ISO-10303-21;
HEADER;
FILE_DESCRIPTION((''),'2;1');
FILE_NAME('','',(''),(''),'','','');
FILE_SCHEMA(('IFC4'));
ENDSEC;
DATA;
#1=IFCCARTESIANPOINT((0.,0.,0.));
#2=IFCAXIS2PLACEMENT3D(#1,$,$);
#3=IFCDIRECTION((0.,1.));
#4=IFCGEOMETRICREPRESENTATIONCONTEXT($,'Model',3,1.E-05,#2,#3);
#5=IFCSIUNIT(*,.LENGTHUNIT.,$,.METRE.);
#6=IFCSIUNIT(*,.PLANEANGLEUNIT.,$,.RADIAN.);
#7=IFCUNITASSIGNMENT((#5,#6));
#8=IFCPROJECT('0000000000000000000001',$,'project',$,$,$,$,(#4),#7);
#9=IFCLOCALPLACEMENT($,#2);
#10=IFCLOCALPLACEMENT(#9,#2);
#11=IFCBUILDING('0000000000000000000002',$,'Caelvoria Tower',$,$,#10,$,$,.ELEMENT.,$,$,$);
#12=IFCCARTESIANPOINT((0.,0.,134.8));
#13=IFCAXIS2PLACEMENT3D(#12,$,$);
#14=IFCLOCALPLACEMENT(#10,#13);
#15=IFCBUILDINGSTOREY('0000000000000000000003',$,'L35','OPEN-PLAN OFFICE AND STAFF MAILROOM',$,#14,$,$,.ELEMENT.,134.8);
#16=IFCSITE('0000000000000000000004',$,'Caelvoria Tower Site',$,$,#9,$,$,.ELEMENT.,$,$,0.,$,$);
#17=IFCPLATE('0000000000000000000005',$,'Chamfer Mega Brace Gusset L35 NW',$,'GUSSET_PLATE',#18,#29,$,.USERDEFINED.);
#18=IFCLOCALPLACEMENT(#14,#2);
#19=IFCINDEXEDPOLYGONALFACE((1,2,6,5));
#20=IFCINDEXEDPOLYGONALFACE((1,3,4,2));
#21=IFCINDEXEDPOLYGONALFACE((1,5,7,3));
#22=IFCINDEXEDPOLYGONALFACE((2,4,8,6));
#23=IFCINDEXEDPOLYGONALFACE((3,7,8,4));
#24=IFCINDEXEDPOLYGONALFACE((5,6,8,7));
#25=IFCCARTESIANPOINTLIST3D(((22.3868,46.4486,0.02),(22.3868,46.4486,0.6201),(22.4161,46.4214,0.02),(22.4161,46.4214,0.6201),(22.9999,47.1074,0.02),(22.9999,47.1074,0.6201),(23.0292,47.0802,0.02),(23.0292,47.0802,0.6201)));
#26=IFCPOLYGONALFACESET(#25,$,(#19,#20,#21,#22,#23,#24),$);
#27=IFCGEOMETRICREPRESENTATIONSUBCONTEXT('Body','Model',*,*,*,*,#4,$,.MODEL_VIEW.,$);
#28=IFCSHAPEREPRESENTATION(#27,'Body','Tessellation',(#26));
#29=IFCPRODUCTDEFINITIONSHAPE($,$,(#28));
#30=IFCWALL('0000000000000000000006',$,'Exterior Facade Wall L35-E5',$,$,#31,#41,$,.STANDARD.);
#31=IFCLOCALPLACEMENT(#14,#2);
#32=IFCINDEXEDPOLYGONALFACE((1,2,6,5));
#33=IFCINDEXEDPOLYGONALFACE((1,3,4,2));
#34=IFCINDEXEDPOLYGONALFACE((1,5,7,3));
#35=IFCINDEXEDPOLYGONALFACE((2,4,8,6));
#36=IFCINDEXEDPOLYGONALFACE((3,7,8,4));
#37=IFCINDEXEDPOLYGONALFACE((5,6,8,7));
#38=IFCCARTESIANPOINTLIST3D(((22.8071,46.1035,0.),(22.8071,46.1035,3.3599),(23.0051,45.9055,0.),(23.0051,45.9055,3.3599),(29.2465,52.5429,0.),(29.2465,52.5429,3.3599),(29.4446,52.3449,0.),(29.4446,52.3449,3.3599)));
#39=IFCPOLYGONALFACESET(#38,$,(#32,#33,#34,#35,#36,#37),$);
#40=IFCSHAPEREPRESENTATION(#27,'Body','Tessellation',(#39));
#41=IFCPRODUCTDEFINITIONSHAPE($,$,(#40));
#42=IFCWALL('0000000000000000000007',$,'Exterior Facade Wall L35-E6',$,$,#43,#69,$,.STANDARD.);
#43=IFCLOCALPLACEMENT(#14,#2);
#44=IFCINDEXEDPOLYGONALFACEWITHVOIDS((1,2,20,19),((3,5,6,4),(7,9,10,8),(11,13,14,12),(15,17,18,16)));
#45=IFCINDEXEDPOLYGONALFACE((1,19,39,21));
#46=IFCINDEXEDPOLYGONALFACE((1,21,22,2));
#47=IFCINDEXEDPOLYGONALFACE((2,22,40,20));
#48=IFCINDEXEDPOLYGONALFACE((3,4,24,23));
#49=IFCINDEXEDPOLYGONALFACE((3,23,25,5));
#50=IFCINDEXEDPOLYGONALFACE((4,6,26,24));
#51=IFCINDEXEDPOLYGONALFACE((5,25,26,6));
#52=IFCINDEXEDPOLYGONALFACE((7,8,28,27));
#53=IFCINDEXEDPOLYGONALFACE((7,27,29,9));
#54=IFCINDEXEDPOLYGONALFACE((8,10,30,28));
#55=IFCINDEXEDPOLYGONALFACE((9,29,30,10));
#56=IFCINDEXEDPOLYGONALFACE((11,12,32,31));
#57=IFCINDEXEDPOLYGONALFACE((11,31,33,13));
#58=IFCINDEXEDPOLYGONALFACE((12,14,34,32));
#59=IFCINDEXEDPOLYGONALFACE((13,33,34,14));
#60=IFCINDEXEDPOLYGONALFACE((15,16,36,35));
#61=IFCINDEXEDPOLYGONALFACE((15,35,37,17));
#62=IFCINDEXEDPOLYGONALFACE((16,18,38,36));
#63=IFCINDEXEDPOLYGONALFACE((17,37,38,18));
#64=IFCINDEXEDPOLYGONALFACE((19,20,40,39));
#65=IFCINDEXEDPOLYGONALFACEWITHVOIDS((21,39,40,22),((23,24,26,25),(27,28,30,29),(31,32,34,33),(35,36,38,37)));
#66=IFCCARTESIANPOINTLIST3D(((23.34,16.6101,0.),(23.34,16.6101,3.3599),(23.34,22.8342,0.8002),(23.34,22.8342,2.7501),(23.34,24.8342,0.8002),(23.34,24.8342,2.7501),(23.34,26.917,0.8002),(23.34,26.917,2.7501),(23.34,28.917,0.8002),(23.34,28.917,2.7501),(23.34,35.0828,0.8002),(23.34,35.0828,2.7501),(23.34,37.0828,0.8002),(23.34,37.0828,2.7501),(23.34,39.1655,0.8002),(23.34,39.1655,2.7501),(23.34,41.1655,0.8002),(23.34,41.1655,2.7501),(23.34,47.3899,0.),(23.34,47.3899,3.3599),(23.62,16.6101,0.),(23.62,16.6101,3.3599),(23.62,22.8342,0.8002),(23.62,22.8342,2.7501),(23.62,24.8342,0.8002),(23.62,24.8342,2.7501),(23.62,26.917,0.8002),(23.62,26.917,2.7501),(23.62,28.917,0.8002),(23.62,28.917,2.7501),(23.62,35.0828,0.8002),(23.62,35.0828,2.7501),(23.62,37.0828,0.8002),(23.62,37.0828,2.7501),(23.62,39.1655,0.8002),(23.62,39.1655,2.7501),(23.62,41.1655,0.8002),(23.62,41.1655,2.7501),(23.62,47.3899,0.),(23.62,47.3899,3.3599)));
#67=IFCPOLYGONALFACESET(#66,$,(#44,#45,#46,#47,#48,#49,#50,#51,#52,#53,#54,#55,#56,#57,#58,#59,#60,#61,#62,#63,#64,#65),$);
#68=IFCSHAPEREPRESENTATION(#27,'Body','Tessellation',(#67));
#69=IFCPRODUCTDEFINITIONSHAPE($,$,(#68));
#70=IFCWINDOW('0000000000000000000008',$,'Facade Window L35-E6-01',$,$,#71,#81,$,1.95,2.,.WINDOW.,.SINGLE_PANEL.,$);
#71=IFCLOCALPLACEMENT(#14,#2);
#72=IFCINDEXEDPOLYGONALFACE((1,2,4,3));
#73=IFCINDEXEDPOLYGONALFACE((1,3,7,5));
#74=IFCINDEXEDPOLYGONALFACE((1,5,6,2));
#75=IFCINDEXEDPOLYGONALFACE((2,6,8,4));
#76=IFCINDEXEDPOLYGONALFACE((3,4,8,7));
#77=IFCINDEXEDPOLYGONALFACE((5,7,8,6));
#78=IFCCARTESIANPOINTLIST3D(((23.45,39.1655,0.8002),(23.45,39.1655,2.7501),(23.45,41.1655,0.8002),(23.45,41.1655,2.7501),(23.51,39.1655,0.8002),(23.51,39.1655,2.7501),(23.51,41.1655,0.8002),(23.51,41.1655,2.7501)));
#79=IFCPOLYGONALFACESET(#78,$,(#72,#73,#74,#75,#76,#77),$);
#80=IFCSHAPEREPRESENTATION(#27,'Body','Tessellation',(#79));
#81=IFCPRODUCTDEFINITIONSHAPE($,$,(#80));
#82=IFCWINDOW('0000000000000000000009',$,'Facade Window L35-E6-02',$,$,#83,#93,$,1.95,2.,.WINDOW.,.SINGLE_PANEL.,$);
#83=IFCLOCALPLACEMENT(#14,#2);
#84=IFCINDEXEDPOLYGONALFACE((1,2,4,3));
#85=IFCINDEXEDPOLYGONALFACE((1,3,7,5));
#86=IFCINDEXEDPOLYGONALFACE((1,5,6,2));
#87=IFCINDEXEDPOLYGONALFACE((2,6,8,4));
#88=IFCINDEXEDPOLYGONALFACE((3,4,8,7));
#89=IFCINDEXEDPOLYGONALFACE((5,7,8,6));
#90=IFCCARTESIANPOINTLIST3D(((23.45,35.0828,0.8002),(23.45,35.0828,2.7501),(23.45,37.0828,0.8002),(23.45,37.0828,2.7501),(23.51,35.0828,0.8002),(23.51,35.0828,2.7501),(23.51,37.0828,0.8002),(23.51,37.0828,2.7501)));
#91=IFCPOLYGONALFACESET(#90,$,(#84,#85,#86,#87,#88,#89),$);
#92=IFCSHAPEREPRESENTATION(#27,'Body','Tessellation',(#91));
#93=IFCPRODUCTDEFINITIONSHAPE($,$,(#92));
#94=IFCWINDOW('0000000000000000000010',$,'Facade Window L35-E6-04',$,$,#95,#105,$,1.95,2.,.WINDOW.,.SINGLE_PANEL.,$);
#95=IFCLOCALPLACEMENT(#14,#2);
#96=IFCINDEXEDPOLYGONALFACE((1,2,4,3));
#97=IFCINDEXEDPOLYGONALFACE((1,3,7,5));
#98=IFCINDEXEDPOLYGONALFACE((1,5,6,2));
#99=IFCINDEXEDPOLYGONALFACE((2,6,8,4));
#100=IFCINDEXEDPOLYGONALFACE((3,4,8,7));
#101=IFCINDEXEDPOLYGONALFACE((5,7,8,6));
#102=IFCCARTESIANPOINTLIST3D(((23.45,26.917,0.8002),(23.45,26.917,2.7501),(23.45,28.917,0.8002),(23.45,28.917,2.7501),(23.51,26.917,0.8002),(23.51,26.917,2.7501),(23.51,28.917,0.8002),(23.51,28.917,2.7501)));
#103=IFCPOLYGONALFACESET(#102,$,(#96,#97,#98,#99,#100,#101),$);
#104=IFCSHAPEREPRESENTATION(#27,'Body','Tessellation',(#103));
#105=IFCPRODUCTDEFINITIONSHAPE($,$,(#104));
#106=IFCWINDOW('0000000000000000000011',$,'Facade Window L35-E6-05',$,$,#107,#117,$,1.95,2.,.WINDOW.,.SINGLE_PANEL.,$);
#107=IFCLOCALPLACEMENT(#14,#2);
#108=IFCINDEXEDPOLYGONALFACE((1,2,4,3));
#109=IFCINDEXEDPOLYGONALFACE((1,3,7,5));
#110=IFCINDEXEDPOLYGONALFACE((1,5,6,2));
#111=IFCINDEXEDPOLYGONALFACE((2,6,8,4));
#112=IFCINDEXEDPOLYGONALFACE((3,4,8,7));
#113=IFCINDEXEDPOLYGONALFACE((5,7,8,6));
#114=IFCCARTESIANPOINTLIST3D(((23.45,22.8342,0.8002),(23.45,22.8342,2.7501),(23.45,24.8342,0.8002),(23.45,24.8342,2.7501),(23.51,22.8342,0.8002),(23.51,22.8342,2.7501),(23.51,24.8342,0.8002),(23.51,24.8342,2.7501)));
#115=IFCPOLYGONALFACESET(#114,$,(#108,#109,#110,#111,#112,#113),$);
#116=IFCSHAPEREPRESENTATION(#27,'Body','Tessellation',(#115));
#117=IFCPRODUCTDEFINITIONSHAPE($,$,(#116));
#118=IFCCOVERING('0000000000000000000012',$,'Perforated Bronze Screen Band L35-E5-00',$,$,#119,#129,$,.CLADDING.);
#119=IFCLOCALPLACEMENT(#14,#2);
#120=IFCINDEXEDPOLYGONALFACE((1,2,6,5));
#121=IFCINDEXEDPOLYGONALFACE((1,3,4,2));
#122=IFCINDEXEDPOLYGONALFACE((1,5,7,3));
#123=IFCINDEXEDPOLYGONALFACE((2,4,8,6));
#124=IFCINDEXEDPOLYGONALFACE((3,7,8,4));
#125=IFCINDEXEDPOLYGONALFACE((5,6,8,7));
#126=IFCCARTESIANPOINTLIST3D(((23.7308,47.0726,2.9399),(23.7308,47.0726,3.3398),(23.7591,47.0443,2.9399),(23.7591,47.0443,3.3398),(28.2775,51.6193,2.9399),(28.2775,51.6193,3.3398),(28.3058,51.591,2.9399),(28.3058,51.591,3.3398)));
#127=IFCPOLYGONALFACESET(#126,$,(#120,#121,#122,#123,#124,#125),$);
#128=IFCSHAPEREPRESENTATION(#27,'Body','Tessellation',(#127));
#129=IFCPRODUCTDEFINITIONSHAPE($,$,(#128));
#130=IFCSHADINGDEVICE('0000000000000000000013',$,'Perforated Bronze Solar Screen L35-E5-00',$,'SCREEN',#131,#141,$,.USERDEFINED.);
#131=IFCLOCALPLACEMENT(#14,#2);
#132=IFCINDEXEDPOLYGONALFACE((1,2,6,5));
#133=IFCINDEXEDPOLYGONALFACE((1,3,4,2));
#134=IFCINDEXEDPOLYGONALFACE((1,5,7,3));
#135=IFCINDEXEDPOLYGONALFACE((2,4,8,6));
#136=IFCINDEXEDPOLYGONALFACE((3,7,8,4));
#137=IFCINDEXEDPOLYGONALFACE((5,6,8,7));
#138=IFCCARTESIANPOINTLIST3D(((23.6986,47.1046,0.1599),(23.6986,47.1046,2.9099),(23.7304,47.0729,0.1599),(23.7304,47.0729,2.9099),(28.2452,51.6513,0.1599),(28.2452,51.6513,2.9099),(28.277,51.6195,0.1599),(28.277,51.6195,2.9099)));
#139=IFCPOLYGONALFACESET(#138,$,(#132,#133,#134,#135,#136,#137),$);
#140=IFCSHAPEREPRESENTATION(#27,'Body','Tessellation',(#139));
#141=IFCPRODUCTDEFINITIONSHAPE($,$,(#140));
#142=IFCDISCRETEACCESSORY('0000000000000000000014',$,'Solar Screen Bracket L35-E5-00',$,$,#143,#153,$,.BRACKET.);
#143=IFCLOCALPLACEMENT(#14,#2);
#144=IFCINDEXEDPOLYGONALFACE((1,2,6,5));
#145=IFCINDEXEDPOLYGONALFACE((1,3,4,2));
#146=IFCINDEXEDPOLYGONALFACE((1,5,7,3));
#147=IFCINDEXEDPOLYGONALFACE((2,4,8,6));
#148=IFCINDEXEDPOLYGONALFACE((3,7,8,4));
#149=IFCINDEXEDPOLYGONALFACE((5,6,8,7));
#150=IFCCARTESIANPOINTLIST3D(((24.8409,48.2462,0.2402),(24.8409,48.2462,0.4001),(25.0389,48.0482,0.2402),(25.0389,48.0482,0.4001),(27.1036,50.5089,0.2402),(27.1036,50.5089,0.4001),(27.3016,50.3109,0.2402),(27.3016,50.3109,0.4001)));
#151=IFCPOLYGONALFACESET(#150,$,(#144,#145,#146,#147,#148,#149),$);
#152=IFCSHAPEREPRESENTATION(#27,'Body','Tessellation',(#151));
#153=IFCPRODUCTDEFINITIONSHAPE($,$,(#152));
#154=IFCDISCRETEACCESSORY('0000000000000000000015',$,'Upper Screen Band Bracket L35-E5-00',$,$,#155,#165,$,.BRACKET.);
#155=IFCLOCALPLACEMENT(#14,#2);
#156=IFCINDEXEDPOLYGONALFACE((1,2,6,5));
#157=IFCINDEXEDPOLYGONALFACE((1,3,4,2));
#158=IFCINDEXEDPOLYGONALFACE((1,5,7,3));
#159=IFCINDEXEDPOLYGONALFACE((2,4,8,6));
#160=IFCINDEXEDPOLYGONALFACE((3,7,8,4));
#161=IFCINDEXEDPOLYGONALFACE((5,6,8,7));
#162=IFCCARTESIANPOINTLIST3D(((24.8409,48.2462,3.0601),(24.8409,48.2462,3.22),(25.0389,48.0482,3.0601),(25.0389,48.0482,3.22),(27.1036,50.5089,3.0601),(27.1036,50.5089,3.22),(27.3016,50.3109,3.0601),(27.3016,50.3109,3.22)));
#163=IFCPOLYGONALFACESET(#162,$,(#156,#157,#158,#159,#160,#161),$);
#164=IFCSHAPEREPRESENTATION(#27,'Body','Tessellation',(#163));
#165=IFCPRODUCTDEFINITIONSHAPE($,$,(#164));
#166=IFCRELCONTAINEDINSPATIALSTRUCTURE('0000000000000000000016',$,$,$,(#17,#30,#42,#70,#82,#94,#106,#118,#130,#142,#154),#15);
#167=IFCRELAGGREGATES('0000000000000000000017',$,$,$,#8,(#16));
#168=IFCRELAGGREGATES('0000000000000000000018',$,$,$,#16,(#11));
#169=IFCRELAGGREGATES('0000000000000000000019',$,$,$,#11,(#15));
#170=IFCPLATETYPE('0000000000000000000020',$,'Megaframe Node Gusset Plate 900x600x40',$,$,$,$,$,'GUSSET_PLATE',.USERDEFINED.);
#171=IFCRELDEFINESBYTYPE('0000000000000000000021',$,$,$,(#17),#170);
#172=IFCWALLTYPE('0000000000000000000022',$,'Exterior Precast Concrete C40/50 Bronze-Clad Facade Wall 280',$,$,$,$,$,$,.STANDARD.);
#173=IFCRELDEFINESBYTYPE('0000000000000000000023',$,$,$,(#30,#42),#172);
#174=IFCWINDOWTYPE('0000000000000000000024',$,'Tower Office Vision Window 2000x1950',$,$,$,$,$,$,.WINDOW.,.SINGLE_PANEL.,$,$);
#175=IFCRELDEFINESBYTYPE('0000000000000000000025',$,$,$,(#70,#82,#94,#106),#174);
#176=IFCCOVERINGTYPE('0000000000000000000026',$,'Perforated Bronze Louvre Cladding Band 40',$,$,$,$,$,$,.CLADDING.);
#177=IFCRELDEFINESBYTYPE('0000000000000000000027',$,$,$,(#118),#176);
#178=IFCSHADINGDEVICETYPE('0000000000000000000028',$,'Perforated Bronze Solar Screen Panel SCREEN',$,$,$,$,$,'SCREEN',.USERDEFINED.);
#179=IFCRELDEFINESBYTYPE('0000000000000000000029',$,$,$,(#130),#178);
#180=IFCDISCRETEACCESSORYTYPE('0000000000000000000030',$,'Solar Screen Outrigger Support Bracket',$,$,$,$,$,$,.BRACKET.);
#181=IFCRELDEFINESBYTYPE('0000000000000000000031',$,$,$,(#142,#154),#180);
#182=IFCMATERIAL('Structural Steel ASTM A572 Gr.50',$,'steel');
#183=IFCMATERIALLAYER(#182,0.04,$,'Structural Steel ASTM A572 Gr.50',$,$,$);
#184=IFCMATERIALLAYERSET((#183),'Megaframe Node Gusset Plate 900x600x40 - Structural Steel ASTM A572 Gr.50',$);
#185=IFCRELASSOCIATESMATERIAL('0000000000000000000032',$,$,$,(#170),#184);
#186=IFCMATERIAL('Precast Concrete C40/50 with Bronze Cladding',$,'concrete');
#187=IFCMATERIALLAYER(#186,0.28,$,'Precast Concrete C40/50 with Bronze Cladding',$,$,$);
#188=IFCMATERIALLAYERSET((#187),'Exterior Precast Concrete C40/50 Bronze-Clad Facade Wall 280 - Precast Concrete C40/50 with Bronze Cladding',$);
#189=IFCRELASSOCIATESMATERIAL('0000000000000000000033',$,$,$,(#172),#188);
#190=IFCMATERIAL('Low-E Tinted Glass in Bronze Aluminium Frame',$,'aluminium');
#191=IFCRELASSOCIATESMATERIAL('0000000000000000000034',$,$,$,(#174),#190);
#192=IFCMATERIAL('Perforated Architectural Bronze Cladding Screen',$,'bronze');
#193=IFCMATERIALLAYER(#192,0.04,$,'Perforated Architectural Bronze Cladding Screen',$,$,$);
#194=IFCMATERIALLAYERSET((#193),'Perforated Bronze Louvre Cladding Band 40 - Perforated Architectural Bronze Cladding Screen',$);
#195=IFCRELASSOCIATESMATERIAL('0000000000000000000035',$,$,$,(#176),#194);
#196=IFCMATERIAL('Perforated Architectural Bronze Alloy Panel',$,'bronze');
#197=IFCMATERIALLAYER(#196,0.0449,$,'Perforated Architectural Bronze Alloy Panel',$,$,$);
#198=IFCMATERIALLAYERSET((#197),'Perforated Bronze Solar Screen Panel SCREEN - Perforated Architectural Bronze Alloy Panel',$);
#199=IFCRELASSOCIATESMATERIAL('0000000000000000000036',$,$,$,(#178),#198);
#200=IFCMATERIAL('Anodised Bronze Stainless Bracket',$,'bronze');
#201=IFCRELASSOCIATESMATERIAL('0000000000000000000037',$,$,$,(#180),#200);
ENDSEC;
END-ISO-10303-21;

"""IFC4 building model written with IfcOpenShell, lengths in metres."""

from ifc_helpers import new_model, si_unit, direction, frame, frame_2d, origin, origin_2d, place, context, subcontext, project, spatial, rectangle, extrude, material, layer, layer_set, type_object, element, fill, save


model = new_model("IFC4")

# Units and contexts
model_context = context("Model", 3, precision=1e-05, world=origin(), true_north=direction((0.0, 1.0)))
body_context = subcontext(model_context, "Body", "Model", "MODEL_VIEW")
ifc_project = project(units=[si_unit("LENGTHUNIT", "METRE"), si_unit("PLANEANGLEUNIT", "RADIAN")], contexts=[model_context])

# Site, building, storey
site_placement = place(None, origin())
site = spatial("IfcSite", under=ifc_project, at=site_placement, Name="Caelvoria Tower Site", CompositionType="ELEMENT", RefElevation=0.0)
building_placement = place(site_placement, origin())
building = spatial("IfcBuilding", under=site, at=building_placement, Name="Caelvoria Tower", CompositionType="ELEMENT")
storey_placement = place(building_placement, frame((0.0, 0.0, 134.8)))
storey = spatial("IfcBuildingStorey", under=building, at=storey_placement, Name="L35", Description="OPEN-PLAN OFFICE AND STAFF MAILROOM", CompositionType="ELEMENT", Elevation=134.8)

# Shared definitions
ifc_material_1 = material(Name="Structural Steel ASTM A572 Gr.50", Category="steel")

# Plate
ifc_layer_1 = layer(ifc_material_1, 0.04, Name="Structural Steel ASTM A572 Gr.50")
ifc_layer_set_1 = layer_set([ifc_layer_1], Name="Megaframe Node Gusset Plate 900x600x40 - Structural Steel ASTM A572 Gr.50")
plate_type = type_object("IfcPlateType", Name="Megaframe Node Gusset Plate 900x600x40", ElementType="GUSSET_PLATE", PredefinedType="USERDEFINED", material=ifc_layer_set_1)
plate_placement = place(storey_placement, frame((22.708, 46.7644, 0.02), z_axis=(0.0, 0.0, 1.0), x_axis=(0.681237, 0.732063, 0.0)))
element("IfcPlate", 1, at=plate_placement, inside=storey, type_object=plate_type, Name="Chamfer Mega Brace Gusset L35 NW", ObjectType="GUSSET_PLATE", PredefinedType="USERDEFINED", context=body_context, shape_type="SweptSolid", body=[
    extrude(rectangle(XDim=0.8999, YDim=0.04, at=origin_2d()), origin(), (0.0, 0.0, 1.0), 0.6001),
])

# Wall
ifc_material_2 = material(Name="Precast Concrete C40/50 with Bronze Cladding", Category="concrete")
ifc_layer_2 = layer(ifc_material_2, 0.28, Name="Precast Concrete C40/50 with Bronze Cladding")
ifc_layer_set_2 = layer_set([ifc_layer_2], Name="Exterior Precast Concrete C40/50 Bronze-Clad Facade Wall 280 - Precast Concrete C40/50 with Bronze Cladding")
wall_type = type_object("IfcWallType", Name="Exterior Precast Concrete C40/50 Bronze-Clad Facade Wall 280", PredefinedType="STANDARD", material=ifc_layer_set_2)
wall_1_placement = place(storey_placement, frame((29.3455, 52.4438, 0.0), z_axis=(0.0, 0.0, 1.0), x_axis=(-0.707107, -0.707107, 0.0)))
element("IfcWall", 2, at=wall_1_placement, inside=storey, type_object=wall_type, Name="Exterior Facade Wall L35-E5", PredefinedType="STANDARD", context=body_context, shape_type="SweptSolid", body=[
    extrude(rectangle(XDim=9.1067, YDim=0.28, at=frame_2d((4.5532, 0.0))), origin(), (0.0, 0.0, 1.0), 3.3599),
])

# Wall, openings, windows
wall_2_placement = place(storey_placement, frame((23.48, 47.3899, 0.0), z_axis=(0.0, 0.0, 1.0), x_axis=(0.0, -1.0, 0.0)))
wall_2 = element("IfcWall", 3, at=wall_2_placement, inside=storey, type_object=wall_type, Name="Exterior Facade Wall L35-E6", PredefinedType="STANDARD", context=body_context, shape_type="SweptSolid", body=[
    extrude(rectangle(XDim=30.7798, YDim=0.28, at=frame_2d((15.3899, 0.0))), origin(), (0.0, 0.0, 1.0), 3.3599),
])
opening_1_placement = place(wall_2_placement, frame((6.2244, 0.0, 0.8)))
opening_1 = element("IfcOpeningElement", 4, at=opening_1_placement, cuts=wall_2, PredefinedType="OPENING", context=body_context, shape_type="SweptSolid", body=[
    extrude(rectangle(XDim=2.0, YDim=1.95, at=frame_2d((1.0, 0.9751))), frame((0.0, 0.1499, 0.0), z_axis=(0.0, -1.0, 0.0), x_axis=(1.0, 0.0, 0.0)), (0.0, 0.0, 1.0), 0.3),
])
opening_2_placement = place(wall_2_placement, frame((10.3071, 0.0, 0.8)))
opening_2 = element("IfcOpeningElement", 5, at=opening_2_placement, cuts=wall_2, PredefinedType="OPENING", context=body_context, shape_type="SweptSolid", body=[
    extrude(rectangle(XDim=2.0, YDim=1.95, at=frame_2d((1.0, 0.9751))), frame((0.0, 0.1499, 0.0), z_axis=(0.0, -1.0, 0.0), x_axis=(1.0, 0.0, 0.0)), (0.0, 0.0, 1.0), 0.3),
])
opening_3_placement = place(wall_2_placement, frame((18.4729, 0.0, 0.8)))
opening_3 = element("IfcOpeningElement", 6, at=opening_3_placement, cuts=wall_2, PredefinedType="OPENING", context=body_context, shape_type="SweptSolid", body=[
    extrude(rectangle(XDim=2.0, YDim=1.95, at=frame_2d((1.0, 0.9751))), frame((0.0, 0.1499, 0.0), z_axis=(0.0, -1.0, 0.0), x_axis=(1.0, 0.0, 0.0)), (0.0, 0.0, 1.0), 0.3),
])
opening_4_placement = place(wall_2_placement, frame((22.5557, 0.0, 0.8)))
opening_4 = element("IfcOpeningElement", 7, at=opening_4_placement, cuts=wall_2, PredefinedType="OPENING", context=body_context, shape_type="SweptSolid", body=[
    extrude(rectangle(XDim=2.0, YDim=1.95, at=frame_2d((1.0, 0.9751))), frame((0.0, 0.1499, 0.0), z_axis=(0.0, -1.0, 0.0), x_axis=(1.0, 0.0, 0.0)), (0.0, 0.0, 1.0), 0.3),
])
ifc_material_3 = material(Name="Low-E Tinted Glass in Bronze Aluminium Frame", Category="aluminium")
window_type = type_object("IfcWindowType", Name="Tower Office Vision Window 2000x1950", PartitioningType="SINGLE_PANEL", PredefinedType="WINDOW", material=ifc_material_3)
window_1_placement = place(opening_1_placement, origin())
window_1 = element("IfcWindow", 8, at=window_1_placement, inside=storey, type_object=window_type, Name="Facade Window L35-E6-01", OverallHeight=1.95, OverallWidth=2.0, PartitioningType="SINGLE_PANEL", PredefinedType="WINDOW", context=body_context, shape_type="SweptSolid", body=[
    extrude(rectangle(XDim=2.0, YDim=1.95, at=frame_2d((1.0, 0.9751))), frame((0.0, 0.03, 0.0), z_axis=(0.0, -1.0, 0.0), x_axis=(1.0, 0.0, 0.0)), (0.0, 0.0, 1.0), 0.0601),
])
fill(opening_1, window_1)
window_2_placement = place(opening_2_placement, origin())
window_2 = element("IfcWindow", 9, at=window_2_placement, inside=storey, type_object=window_type, Name="Facade Window L35-E6-02", OverallHeight=1.95, OverallWidth=2.0, PartitioningType="SINGLE_PANEL", PredefinedType="WINDOW", context=body_context, shape_type="SweptSolid", body=[
    extrude(rectangle(XDim=2.0, YDim=1.95, at=frame_2d((1.0, 0.9751))), frame((0.0, 0.03, 0.0), z_axis=(0.0, -1.0, 0.0), x_axis=(1.0, 0.0, 0.0)), (0.0, 0.0, 1.0), 0.0601),
])
fill(opening_2, window_2)
window_3_placement = place(opening_3_placement, origin())
window_3 = element("IfcWindow", 10, at=window_3_placement, inside=storey, type_object=window_type, Name="Facade Window L35-E6-04", OverallHeight=1.95, OverallWidth=2.0, PartitioningType="SINGLE_PANEL", PredefinedType="WINDOW", context=body_context, shape_type="SweptSolid", body=[
    extrude(rectangle(XDim=2.0, YDim=1.95, at=frame_2d((1.0, 0.9751))), frame((0.0, 0.03, 0.0), z_axis=(0.0, -1.0, 0.0), x_axis=(1.0, 0.0, 0.0)), (0.0, 0.0, 1.0), 0.0601),
])
fill(opening_3, window_3)
window_4_placement = place(opening_4_placement, origin())
window_4 = element("IfcWindow", 11, at=window_4_placement, inside=storey, type_object=window_type, Name="Facade Window L35-E6-05", OverallHeight=1.95, OverallWidth=2.0, PartitioningType="SINGLE_PANEL", PredefinedType="WINDOW", context=body_context, shape_type="SweptSolid", body=[
    extrude(rectangle(XDim=2.0, YDim=1.95, at=frame_2d((1.0, 0.9751))), frame((0.0, 0.03, 0.0), z_axis=(0.0, -1.0, 0.0), x_axis=(1.0, 0.0, 0.0)), (0.0, 0.0, 1.0), 0.0601),
])
fill(opening_4, window_4)

# Covering
ifc_material_4 = material(Name="Perforated Architectural Bronze Cladding Screen", Category="bronze")
ifc_layer_3 = layer(ifc_material_4, 0.04, Name="Perforated Architectural Bronze Cladding Screen")
ifc_layer_set_3 = layer_set([ifc_layer_3], Name="Perforated Bronze Louvre Cladding Band 40 - Perforated Architectural Bronze Cladding Screen")
covering_type = type_object("IfcCoveringType", Name="Perforated Bronze Louvre Cladding Band 40", PredefinedType="CLADDING", material=ifc_layer_set_3)
covering_placement = place(storey_placement, frame((26.0183, 49.3318, 2.9399), z_axis=(0.0, 0.0, 1.0), x_axis=(-0.707107, -0.707107, 0.0)))
element("IfcCovering", 12, at=covering_placement, inside=storey, type_object=covering_type, Name="Perforated Bronze Screen Band L35-E5-00", PredefinedType="CLADDING", context=body_context, shape_type="SweptSolid", body=[
    extrude(rectangle(XDim=6.4299, YDim=0.04, at=origin_2d()), origin(), (0.0, 0.0, 1.0), 0.3999),
])

# Shading device
ifc_material_5 = material(Name="Perforated Architectural Bronze Alloy Panel", Category="bronze")
ifc_layer_4 = layer(ifc_material_5, 0.0449, Name="Perforated Architectural Bronze Alloy Panel")
ifc_layer_set_4 = layer_set([ifc_layer_4], Name="Perforated Bronze Solar Screen Panel SCREEN - Perforated Architectural Bronze Alloy Panel")
shading_device_type = type_object("IfcShadingDeviceType", Name="Perforated Bronze Solar Screen Panel SCREEN", ElementType="SCREEN", PredefinedType="USERDEFINED", material=ifc_layer_set_4)
shading_device_placement = place(storey_placement, frame((25.9878, 49.3621, 0.1599), z_axis=(0.0, 0.0, 1.0), x_axis=(-0.707107, -0.707107, 0.0)))
element("IfcShadingDevice", 13, at=shading_device_placement, inside=storey, type_object=shading_device_type, Name="Perforated Bronze Solar Screen L35-E5-00", ObjectType="SCREEN", PredefinedType="USERDEFINED", context=body_context, shape_type="SweptSolid", body=[
    extrude(rectangle(XDim=6.4299, YDim=0.0449, at=origin_2d()), origin(), (0.0, 0.0, 1.0), 2.75),
])

# Discrete accessories
ifc_material_6 = material(Name="Anodised Bronze Stainless Bracket", Category="bronze")
discrete_accessory_type = type_object("IfcDiscreteAccessoryType", Name="Solar Screen Outrigger Support Bracket", PredefinedType="BRACKET", material=ifc_material_6)
for number, where, z_axis, x_axis, name in (
    (14, (26.0713, 49.2786, 0.2402), (0.0, 0.0, 1.0), (-0.707107, -0.707107, 0.0), "Solar Screen Bracket L35-E5-00"),
    (15, (26.0713, 49.2786, 3.0601), (0.0, 0.0, 1.0), (-0.707107, -0.707107, 0.0), "Upper Screen Band Bracket L35-E5-00"),
):
    element("IfcDiscreteAccessory", number, at=place(storey_placement, frame(where, z_axis=z_axis, x_axis=x_axis)), inside=storey, type_object=discrete_accessory_type, Name=name, PredefinedType="BRACKET", context=body_context, shape_type="SweptSolid", body=[
        extrude(rectangle(XDim=3.2, YDim=0.28, at=origin_2d()), origin(), (0.0, 0.0, 1.0), 0.1599),
    ])

save(model, "model.ifc")
